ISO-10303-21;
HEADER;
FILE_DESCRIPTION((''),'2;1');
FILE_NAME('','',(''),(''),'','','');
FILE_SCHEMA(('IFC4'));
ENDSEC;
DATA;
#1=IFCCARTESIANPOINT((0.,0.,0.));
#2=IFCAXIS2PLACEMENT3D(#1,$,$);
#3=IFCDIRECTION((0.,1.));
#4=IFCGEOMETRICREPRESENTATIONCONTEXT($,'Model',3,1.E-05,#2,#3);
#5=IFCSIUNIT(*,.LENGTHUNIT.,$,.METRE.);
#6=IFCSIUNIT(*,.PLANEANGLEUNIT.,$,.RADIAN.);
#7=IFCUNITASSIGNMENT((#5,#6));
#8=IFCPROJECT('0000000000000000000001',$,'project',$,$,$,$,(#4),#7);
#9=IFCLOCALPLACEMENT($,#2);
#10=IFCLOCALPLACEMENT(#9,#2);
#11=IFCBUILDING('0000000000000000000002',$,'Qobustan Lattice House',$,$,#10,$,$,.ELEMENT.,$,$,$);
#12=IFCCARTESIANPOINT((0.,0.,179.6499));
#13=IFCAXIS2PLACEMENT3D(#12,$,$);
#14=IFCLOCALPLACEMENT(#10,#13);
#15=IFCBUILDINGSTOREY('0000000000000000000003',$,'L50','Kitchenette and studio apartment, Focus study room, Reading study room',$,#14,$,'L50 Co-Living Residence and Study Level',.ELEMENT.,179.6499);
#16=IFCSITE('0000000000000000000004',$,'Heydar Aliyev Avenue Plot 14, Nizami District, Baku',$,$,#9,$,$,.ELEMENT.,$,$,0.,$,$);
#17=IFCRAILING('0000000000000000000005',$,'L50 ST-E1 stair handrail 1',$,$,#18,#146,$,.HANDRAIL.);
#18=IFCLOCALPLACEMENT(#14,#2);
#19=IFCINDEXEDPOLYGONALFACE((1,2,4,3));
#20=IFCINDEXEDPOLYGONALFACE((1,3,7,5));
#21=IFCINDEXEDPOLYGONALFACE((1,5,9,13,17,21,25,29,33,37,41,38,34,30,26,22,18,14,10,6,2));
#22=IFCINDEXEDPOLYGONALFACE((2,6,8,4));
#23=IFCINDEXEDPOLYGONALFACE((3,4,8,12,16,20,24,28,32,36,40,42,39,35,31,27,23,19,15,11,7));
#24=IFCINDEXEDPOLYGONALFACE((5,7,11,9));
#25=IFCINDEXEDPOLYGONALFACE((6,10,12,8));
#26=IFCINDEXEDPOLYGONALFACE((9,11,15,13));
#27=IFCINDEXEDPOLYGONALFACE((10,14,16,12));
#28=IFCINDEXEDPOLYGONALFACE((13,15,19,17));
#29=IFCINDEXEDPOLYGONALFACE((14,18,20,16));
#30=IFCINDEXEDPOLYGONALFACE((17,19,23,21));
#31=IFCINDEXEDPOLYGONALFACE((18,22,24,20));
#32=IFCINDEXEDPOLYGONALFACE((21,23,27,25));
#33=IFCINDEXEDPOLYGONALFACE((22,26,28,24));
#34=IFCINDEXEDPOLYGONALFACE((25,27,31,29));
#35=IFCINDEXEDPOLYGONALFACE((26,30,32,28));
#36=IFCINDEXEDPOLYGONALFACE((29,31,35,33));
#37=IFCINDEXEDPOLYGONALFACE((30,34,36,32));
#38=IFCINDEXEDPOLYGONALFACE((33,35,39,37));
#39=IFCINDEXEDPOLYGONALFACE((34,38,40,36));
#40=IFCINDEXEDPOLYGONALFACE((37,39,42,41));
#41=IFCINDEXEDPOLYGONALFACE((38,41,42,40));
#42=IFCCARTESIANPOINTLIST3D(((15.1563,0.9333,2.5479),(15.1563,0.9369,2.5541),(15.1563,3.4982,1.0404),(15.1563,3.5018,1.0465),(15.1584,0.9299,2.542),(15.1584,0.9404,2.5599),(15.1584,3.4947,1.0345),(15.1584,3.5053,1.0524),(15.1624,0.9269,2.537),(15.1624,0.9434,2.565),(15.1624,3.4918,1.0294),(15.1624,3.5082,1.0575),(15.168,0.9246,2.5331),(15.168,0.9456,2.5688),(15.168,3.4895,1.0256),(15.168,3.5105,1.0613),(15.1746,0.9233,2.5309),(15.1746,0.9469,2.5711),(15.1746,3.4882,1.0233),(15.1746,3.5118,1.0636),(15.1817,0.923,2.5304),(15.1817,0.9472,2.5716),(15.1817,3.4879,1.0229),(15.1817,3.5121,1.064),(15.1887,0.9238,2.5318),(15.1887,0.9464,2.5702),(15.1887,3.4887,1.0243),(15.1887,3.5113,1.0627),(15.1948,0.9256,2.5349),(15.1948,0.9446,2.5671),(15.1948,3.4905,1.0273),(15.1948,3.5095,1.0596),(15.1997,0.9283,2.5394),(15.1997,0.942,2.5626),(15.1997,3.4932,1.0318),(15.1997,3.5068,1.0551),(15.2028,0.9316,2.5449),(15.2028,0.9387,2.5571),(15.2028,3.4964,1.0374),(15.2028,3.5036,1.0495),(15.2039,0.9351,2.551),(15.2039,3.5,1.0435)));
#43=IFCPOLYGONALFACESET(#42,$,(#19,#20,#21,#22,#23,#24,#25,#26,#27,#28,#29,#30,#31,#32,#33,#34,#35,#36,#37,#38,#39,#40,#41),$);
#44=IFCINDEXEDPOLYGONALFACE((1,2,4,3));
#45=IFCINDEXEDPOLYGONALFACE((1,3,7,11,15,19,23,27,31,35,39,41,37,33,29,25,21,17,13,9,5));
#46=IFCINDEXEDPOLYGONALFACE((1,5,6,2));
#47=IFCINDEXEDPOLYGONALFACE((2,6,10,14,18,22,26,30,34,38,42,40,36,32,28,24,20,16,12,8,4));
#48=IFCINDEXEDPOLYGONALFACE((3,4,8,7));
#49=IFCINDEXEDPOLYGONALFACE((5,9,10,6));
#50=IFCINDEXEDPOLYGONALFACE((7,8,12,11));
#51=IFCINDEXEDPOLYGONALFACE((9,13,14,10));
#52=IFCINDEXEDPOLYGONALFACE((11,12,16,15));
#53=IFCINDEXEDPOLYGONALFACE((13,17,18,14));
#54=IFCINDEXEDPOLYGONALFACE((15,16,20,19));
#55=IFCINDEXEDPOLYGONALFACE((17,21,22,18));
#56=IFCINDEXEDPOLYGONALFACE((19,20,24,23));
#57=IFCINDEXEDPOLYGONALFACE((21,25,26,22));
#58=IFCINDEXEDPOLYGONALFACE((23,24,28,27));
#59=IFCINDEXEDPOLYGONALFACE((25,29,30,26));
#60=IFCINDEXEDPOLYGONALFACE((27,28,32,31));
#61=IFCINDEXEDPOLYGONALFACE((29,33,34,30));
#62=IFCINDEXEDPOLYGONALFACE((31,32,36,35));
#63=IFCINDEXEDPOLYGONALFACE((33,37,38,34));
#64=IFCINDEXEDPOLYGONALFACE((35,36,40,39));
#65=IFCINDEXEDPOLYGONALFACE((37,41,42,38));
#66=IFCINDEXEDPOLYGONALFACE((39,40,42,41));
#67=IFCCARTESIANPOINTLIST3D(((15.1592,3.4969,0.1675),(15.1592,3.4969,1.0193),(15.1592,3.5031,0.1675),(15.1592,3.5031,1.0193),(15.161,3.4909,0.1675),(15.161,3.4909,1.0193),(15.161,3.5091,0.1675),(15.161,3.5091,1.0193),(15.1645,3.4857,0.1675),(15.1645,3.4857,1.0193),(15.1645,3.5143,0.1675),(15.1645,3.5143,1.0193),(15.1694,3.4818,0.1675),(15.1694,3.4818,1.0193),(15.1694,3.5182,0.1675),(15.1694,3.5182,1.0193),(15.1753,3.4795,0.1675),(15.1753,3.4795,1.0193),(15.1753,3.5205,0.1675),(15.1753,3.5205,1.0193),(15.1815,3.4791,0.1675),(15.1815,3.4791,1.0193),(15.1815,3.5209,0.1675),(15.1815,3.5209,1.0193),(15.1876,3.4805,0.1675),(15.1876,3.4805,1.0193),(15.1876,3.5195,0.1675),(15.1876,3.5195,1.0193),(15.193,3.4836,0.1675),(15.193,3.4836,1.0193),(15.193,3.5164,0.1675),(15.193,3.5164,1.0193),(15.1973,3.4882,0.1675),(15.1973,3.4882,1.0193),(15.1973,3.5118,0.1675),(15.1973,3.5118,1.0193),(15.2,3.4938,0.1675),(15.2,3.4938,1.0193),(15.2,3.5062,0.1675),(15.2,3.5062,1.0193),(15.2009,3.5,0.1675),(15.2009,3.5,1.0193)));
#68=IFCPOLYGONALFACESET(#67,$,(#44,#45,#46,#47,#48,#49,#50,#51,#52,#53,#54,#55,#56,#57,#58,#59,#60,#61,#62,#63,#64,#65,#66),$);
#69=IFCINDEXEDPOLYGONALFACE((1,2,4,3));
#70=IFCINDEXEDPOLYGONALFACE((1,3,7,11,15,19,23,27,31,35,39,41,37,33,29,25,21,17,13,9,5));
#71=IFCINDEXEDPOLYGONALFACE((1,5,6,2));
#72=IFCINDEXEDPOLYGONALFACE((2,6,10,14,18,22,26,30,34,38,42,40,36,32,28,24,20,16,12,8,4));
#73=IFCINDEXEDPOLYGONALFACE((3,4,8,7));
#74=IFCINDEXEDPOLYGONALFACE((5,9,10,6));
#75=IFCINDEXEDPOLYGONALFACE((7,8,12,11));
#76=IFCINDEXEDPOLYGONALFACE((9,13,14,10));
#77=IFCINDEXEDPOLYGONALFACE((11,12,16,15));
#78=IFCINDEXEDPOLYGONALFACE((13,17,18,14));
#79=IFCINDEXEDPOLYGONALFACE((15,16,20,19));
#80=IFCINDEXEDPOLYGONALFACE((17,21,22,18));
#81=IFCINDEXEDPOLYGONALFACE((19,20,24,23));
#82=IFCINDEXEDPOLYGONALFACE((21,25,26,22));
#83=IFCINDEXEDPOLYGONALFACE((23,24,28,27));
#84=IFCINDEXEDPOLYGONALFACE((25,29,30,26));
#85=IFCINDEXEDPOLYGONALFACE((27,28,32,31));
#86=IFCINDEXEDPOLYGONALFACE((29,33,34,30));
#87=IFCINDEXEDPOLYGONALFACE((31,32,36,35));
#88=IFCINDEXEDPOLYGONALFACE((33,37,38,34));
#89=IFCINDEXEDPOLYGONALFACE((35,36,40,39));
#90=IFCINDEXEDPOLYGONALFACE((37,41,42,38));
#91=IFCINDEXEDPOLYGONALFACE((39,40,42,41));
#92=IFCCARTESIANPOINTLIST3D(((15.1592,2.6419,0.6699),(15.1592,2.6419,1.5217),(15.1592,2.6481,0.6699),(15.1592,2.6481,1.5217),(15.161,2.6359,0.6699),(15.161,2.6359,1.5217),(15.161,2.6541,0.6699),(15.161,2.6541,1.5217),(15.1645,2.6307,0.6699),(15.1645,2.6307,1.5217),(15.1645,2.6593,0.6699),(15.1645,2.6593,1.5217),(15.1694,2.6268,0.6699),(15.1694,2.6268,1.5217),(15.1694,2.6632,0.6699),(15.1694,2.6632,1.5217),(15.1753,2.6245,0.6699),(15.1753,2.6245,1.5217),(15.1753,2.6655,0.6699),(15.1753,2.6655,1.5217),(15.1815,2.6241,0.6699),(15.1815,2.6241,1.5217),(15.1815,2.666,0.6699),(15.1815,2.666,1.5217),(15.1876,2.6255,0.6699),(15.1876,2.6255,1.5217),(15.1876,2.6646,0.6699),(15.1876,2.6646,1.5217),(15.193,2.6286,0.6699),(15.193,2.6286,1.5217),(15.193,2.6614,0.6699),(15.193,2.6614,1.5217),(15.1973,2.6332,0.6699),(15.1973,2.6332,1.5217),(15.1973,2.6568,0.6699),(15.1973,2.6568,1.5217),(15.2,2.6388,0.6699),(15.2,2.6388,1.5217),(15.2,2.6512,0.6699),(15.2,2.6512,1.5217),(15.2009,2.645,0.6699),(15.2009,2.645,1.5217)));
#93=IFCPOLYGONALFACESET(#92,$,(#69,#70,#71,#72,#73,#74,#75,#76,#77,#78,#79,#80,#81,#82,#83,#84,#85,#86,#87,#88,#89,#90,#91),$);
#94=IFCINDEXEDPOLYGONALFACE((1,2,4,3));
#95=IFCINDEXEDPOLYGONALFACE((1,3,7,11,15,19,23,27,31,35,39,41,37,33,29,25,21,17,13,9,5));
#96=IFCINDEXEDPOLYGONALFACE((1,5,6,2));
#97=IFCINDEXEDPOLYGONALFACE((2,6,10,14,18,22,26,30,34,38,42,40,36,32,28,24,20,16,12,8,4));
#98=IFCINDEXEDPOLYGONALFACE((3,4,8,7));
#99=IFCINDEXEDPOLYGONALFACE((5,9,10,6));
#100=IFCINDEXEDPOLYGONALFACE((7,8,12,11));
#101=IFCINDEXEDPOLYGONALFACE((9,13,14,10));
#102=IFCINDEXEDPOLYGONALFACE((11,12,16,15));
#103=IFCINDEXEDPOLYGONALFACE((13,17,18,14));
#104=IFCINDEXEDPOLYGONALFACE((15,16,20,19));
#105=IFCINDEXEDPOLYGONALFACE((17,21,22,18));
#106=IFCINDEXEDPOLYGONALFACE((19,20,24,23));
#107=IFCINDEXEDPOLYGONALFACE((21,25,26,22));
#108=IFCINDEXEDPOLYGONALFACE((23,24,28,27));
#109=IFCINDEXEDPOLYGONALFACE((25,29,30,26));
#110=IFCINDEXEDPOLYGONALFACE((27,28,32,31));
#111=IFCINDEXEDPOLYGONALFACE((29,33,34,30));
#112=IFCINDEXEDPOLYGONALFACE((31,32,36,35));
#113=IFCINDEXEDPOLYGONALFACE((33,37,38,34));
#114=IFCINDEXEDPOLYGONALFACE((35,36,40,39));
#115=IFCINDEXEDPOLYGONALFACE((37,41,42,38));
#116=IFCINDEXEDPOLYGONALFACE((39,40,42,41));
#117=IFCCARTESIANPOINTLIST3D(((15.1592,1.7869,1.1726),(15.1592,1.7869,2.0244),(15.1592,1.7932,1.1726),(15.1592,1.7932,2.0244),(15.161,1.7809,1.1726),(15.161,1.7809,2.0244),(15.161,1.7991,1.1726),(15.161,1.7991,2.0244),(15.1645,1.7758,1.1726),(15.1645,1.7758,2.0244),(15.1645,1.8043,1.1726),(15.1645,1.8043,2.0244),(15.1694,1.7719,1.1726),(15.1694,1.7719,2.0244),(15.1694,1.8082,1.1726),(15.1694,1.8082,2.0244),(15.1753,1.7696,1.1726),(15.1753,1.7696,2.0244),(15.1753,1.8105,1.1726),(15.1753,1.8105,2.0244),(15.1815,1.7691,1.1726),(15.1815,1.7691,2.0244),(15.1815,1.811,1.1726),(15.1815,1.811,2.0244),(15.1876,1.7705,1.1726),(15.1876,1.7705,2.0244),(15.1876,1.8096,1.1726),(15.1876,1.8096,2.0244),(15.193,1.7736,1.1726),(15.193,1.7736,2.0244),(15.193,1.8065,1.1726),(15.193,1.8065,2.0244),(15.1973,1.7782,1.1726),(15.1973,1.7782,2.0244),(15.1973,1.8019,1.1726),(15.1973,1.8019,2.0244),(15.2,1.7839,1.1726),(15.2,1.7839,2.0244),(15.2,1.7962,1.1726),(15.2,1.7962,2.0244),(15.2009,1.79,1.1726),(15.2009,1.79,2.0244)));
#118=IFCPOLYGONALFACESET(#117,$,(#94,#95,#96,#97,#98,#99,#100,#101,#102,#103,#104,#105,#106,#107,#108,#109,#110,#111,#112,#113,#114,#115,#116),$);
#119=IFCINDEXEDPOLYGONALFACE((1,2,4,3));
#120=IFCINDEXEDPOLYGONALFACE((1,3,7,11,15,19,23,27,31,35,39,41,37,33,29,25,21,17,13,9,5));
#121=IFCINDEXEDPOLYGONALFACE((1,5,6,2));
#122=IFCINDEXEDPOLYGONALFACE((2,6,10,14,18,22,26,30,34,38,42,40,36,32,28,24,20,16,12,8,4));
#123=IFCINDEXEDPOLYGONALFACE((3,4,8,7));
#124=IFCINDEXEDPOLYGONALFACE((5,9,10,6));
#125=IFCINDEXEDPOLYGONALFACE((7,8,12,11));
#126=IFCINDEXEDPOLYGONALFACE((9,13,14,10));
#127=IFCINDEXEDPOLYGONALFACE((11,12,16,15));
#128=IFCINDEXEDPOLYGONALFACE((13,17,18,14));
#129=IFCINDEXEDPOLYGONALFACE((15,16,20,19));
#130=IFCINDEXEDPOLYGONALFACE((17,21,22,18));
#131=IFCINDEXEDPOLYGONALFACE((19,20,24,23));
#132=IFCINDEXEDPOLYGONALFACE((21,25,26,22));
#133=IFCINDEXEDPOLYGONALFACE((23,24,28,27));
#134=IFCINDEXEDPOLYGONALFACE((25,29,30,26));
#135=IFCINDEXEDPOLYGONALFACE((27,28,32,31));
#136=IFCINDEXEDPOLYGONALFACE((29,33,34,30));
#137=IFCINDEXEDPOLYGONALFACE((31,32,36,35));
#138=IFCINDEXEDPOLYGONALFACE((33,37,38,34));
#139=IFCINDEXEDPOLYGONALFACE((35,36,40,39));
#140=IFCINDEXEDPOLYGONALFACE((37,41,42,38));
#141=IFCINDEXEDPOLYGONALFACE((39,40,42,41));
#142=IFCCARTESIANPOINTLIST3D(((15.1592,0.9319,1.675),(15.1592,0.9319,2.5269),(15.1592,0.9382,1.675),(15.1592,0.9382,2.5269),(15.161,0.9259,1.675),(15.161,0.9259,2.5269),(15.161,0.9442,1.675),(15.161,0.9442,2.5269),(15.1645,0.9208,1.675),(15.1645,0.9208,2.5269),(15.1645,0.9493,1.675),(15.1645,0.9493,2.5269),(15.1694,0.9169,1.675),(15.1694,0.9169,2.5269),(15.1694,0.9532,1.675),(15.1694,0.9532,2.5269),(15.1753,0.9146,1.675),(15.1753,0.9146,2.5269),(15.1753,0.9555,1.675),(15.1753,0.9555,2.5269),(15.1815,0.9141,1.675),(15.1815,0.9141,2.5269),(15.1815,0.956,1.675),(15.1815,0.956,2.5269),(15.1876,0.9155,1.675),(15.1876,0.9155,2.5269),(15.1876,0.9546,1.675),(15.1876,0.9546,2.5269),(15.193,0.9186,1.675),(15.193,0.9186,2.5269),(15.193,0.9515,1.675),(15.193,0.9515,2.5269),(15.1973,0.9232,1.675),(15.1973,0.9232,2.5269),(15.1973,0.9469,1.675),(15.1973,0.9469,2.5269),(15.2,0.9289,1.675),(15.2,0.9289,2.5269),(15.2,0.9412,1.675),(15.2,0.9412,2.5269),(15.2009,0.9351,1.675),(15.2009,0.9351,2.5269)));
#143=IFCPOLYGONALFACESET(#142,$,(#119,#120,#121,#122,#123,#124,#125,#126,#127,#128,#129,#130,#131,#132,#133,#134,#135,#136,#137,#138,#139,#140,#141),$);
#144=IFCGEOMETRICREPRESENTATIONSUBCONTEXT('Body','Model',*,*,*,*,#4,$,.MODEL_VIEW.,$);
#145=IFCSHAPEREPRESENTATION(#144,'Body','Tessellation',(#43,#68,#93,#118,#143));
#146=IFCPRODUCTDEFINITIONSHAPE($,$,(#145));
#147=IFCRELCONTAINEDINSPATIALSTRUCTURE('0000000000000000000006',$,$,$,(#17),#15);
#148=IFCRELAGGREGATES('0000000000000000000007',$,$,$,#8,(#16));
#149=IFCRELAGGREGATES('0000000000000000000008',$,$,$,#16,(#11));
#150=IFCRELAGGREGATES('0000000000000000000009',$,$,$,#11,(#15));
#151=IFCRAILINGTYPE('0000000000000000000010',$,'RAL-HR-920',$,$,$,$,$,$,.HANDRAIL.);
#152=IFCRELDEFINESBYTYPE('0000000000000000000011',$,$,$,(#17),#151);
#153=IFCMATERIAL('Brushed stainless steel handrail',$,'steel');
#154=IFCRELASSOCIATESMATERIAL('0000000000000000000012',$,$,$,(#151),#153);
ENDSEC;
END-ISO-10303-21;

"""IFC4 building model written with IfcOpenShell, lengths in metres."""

from ifc_helpers import new_model, si_unit, direction, frame, origin, origin_2d, place, context, subcontext, project, spatial, circle, extrude, material, type_object, element, save


model = new_model("IFC4")

# Units and contexts
model_context = context("Model", 3, precision=1e-05, world=origin(), true_north=direction((0.0, 1.0)))
body_context = subcontext(model_context, "Body", "Model", "MODEL_VIEW")
ifc_project = project(units=[si_unit("LENGTHUNIT", "METRE"), si_unit("PLANEANGLEUNIT", "RADIAN")], contexts=[model_context])

# Site, building, storey
site_placement = place(None, origin())
site = spatial("IfcSite", under=ifc_project, at=site_placement, Name="Heydar Aliyev Avenue Plot 14, Nizami District, Baku", CompositionType="ELEMENT", RefElevation=0.0)
building_placement = place(site_placement, origin())
building = spatial("IfcBuilding", under=site, at=building_placement, Name="Qobustan Lattice House", CompositionType="ELEMENT")
storey_placement = place(building_placement, frame((0.0, 0.0, 179.6499)))
storey = spatial("IfcBuildingStorey", under=building, at=storey_placement, Name="L50", Description="Kitchenette and studio apartment, Focus study room, Reading study room", LongName="L50 Co-Living Residence and Study Level", CompositionType="ELEMENT", Elevation=179.6499)

# Railing
ifc_material_1 = material(Name="Brushed stainless steel handrail", Category="steel")
railing_type = type_object("IfcRailingType", Name="RAL-HR-920", PredefinedType="HANDRAIL", material=ifc_material_1)
railing_placement = place(storey_placement, frame((15.1799, 3.5, 0.1675)))
element("IfcRailing", 1, at=railing_placement, inside=storey, type_object=railing_type, Name="L50 ST-E1 stair handrail 1", PredefinedType="HANDRAIL", context=body_context, shape_type="SweptSolid", body=[
    extrude(circle(Radius=0.0239, at=origin_2d()), frame((0.0, 0.0, 0.876), z_axis=(0.0, -0.862113, 0.506715), x_axis=(1.0, 0.0, 0.0)), (0.0, 0.0, 1.0), 2.9751),
    extrude(circle(Radius=0.021, at=origin_2d()), origin(), (0.0, 0.0, 1.0), 0.8518),
    extrude(circle(Radius=0.021, at=origin_2d()), frame((0.0, -0.855, 0.5024)), (0.0, 0.0, 1.0), 0.8518),
    extrude(circle(Radius=0.021, at=origin_2d()), frame((0.0, -1.71, 1.0051)), (0.0, 0.0, 1.0), 0.8518),
    extrude(circle(Radius=0.021, at=origin_2d()), frame((0.0, -2.5649, 1.5076)), (0.0, 0.0, 1.0), 0.8518),
])

save(model, "model.ifc")
